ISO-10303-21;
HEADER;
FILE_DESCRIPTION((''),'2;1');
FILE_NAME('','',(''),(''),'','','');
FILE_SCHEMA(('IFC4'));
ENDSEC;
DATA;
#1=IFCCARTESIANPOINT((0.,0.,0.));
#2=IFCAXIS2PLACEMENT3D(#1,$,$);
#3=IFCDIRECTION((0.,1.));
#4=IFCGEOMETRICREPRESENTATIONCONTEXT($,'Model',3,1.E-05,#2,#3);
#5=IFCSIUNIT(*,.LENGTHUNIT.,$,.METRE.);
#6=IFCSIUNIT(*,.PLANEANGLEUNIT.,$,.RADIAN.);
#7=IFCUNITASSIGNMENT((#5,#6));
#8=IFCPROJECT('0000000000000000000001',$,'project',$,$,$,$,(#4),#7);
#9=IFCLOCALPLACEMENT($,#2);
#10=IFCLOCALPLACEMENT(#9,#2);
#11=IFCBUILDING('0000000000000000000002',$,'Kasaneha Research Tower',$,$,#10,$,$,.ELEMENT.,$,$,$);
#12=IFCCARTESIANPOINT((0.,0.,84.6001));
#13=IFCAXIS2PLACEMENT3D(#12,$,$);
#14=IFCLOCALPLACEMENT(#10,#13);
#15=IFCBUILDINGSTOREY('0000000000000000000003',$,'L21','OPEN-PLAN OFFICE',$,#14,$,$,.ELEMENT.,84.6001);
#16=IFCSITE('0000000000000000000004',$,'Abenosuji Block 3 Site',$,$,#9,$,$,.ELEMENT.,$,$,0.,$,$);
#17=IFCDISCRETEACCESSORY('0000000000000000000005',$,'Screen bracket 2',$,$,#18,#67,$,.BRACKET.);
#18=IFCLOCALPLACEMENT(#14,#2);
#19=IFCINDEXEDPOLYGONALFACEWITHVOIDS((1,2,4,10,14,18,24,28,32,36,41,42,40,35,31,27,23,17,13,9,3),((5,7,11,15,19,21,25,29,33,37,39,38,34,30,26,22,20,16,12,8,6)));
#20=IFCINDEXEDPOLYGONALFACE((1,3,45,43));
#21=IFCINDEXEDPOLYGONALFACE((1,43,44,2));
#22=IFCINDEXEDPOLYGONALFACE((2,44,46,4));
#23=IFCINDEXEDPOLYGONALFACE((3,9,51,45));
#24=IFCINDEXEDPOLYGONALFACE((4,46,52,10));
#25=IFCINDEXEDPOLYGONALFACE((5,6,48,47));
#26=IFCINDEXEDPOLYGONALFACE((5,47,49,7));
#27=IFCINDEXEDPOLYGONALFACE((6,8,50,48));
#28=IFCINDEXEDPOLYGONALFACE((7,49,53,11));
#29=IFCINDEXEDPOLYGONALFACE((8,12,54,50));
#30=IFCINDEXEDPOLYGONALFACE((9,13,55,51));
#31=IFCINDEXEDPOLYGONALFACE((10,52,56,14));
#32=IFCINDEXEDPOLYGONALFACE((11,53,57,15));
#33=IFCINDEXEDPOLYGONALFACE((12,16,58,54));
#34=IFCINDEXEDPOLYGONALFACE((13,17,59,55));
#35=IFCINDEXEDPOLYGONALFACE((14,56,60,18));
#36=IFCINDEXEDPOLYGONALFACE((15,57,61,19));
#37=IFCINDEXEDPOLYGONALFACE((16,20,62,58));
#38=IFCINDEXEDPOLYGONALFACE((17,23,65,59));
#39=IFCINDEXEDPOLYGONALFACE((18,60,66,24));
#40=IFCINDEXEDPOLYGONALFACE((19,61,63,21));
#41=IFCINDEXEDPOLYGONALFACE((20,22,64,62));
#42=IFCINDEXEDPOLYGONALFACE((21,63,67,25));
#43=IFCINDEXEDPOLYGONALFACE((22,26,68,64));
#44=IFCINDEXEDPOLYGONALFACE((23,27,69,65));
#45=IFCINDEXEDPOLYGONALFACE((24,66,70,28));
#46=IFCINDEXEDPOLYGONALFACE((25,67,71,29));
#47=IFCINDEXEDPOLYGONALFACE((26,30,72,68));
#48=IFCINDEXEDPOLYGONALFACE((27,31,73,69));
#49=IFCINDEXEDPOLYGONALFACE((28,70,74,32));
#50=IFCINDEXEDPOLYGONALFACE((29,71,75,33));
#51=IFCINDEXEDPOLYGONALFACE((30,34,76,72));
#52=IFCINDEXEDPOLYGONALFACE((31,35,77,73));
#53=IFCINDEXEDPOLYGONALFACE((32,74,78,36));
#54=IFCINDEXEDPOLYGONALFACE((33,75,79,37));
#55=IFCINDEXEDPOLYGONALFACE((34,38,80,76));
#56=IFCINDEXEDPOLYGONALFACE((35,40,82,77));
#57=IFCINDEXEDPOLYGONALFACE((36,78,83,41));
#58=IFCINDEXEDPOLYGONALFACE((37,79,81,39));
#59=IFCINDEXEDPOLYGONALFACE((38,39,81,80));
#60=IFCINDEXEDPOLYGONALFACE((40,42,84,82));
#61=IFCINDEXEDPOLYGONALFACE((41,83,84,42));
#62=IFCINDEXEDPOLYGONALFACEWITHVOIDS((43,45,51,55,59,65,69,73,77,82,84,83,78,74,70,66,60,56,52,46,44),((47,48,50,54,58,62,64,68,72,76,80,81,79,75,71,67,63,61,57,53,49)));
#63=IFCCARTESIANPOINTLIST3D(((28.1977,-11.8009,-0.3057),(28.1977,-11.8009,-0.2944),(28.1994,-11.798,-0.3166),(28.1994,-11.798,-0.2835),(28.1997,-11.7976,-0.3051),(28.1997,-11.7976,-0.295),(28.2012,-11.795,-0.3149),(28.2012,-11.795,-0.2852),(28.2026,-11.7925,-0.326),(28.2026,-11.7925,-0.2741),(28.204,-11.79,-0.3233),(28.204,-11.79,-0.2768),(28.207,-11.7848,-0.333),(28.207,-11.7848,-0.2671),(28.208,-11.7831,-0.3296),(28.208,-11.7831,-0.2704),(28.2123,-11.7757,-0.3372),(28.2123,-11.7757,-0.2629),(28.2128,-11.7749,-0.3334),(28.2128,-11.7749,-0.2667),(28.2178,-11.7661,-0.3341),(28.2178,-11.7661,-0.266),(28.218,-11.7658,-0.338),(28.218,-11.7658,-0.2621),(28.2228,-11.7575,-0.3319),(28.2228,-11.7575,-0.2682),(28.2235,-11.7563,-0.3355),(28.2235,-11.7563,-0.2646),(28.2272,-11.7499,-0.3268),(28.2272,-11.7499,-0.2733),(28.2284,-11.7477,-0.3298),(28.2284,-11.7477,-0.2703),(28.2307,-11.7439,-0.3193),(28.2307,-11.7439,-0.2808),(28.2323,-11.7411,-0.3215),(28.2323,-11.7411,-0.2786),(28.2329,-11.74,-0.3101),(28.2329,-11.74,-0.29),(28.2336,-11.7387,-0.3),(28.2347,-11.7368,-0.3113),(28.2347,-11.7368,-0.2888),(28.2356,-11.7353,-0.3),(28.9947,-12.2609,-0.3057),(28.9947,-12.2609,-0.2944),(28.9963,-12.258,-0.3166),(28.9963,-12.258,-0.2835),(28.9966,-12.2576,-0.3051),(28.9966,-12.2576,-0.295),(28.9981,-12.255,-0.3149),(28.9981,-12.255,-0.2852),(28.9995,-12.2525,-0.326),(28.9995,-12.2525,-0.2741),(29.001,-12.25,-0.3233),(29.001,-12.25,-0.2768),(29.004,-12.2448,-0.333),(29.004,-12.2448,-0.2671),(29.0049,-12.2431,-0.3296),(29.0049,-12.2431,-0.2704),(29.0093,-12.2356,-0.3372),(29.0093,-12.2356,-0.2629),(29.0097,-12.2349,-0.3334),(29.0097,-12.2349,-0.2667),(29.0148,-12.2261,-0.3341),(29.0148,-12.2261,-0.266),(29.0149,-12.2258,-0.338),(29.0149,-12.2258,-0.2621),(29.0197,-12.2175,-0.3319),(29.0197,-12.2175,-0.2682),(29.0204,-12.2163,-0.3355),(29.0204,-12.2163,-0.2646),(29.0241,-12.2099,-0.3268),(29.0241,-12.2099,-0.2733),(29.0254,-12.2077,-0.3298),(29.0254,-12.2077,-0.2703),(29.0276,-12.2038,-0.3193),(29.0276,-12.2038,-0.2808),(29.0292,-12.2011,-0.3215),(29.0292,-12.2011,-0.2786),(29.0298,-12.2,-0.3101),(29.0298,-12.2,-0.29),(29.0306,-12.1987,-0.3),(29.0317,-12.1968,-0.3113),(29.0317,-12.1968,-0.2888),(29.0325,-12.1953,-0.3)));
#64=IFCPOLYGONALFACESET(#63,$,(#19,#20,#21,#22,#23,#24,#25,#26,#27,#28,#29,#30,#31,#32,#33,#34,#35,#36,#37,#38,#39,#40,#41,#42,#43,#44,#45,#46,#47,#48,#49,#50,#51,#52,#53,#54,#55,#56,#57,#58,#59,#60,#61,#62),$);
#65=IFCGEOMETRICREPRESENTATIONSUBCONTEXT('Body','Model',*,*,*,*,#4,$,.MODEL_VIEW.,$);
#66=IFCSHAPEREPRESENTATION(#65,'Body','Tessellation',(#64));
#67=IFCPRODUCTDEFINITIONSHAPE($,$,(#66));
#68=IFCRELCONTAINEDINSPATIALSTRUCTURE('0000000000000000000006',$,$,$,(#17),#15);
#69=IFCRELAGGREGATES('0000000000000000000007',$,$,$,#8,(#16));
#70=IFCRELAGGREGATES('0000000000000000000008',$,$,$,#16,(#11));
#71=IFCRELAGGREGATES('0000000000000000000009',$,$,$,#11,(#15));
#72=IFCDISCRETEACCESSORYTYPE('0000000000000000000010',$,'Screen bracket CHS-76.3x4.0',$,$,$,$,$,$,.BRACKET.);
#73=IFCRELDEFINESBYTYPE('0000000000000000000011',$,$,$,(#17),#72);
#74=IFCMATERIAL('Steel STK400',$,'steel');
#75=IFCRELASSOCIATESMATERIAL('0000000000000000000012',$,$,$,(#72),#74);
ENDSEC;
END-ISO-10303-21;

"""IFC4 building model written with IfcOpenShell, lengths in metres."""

from ifc_helpers import new_model, si_unit, direction, frame, origin, origin_2d, place, context, subcontext, project, spatial, hollow_circle, extrude, material, material_profile, profile_set, type_object, element, save


model = new_model("IFC4")

# Units and contexts
model_context = context("Model", 3, precision=1e-05, world=origin(), true_north=direction((0.0, 1.0)))
body_context = subcontext(model_context, "Body", "Model", "MODEL_VIEW")
ifc_project = project(units=[si_unit("LENGTHUNIT", "METRE"), si_unit("PLANEANGLEUNIT", "RADIAN")], contexts=[model_context])

# Site, building, storey
site_placement = place(None, origin())
site = spatial("IfcSite", under=ifc_project, at=site_placement, Name="Abenosuji Block 3 Site", CompositionType="ELEMENT", RefElevation=0.0)
building_placement = place(site_placement, origin())
building = spatial("IfcBuilding", under=site, at=building_placement, Name="Kasaneha Research Tower", CompositionType="ELEMENT")
storey_placement = place(building_placement, frame((0.0, 0.0, 84.6001)))
storey = spatial("IfcBuildingStorey", under=building, at=storey_placement, Name="L21", Description="OPEN-PLAN OFFICE", CompositionType="ELEMENT", Elevation=84.6001)

# Discrete accessory
ifc_material_1 = material(Name="Steel STK400", Category="steel")
ifc_material_profile_1 = material_profile(ifc_material_1, hollow_circle(Radius=0.0381, WallThickness=0.0039, at=origin_2d()), Name="CHS-76.3x4.0")
ifc_profile_set_1 = profile_set([ifc_material_profile_1], Name="Steel STK400")
discrete_accessory_type = type_object("IfcDiscreteAccessoryType", Name="Screen bracket CHS-76.3x4.0", PredefinedType="BRACKET", material=ifc_profile_set_1)
for number, where, z_axis, x_axis, name in (
    (1, (28.2166, -11.7683, -0.3), (0.86608, -0.499906, 0.0), (0.499906, 0.86608, 0.0), "Screen bracket 2"),
):
    element("IfcDiscreteAccessory", number, at=place(storey_placement, frame(where, z_axis=z_axis, x_axis=x_axis)), inside=storey, type_object=discrete_accessory_type, Name=name, PredefinedType="BRACKET", context=body_context, shape_type="SweptSolid", body=[
        extrude(hollow_circle(Radius=0.0381, WallThickness=0.0039, at=origin_2d()), origin(), (0.0, 0.0, 1.0), 0.9202),
    ])

save(model, "model.ifc")
